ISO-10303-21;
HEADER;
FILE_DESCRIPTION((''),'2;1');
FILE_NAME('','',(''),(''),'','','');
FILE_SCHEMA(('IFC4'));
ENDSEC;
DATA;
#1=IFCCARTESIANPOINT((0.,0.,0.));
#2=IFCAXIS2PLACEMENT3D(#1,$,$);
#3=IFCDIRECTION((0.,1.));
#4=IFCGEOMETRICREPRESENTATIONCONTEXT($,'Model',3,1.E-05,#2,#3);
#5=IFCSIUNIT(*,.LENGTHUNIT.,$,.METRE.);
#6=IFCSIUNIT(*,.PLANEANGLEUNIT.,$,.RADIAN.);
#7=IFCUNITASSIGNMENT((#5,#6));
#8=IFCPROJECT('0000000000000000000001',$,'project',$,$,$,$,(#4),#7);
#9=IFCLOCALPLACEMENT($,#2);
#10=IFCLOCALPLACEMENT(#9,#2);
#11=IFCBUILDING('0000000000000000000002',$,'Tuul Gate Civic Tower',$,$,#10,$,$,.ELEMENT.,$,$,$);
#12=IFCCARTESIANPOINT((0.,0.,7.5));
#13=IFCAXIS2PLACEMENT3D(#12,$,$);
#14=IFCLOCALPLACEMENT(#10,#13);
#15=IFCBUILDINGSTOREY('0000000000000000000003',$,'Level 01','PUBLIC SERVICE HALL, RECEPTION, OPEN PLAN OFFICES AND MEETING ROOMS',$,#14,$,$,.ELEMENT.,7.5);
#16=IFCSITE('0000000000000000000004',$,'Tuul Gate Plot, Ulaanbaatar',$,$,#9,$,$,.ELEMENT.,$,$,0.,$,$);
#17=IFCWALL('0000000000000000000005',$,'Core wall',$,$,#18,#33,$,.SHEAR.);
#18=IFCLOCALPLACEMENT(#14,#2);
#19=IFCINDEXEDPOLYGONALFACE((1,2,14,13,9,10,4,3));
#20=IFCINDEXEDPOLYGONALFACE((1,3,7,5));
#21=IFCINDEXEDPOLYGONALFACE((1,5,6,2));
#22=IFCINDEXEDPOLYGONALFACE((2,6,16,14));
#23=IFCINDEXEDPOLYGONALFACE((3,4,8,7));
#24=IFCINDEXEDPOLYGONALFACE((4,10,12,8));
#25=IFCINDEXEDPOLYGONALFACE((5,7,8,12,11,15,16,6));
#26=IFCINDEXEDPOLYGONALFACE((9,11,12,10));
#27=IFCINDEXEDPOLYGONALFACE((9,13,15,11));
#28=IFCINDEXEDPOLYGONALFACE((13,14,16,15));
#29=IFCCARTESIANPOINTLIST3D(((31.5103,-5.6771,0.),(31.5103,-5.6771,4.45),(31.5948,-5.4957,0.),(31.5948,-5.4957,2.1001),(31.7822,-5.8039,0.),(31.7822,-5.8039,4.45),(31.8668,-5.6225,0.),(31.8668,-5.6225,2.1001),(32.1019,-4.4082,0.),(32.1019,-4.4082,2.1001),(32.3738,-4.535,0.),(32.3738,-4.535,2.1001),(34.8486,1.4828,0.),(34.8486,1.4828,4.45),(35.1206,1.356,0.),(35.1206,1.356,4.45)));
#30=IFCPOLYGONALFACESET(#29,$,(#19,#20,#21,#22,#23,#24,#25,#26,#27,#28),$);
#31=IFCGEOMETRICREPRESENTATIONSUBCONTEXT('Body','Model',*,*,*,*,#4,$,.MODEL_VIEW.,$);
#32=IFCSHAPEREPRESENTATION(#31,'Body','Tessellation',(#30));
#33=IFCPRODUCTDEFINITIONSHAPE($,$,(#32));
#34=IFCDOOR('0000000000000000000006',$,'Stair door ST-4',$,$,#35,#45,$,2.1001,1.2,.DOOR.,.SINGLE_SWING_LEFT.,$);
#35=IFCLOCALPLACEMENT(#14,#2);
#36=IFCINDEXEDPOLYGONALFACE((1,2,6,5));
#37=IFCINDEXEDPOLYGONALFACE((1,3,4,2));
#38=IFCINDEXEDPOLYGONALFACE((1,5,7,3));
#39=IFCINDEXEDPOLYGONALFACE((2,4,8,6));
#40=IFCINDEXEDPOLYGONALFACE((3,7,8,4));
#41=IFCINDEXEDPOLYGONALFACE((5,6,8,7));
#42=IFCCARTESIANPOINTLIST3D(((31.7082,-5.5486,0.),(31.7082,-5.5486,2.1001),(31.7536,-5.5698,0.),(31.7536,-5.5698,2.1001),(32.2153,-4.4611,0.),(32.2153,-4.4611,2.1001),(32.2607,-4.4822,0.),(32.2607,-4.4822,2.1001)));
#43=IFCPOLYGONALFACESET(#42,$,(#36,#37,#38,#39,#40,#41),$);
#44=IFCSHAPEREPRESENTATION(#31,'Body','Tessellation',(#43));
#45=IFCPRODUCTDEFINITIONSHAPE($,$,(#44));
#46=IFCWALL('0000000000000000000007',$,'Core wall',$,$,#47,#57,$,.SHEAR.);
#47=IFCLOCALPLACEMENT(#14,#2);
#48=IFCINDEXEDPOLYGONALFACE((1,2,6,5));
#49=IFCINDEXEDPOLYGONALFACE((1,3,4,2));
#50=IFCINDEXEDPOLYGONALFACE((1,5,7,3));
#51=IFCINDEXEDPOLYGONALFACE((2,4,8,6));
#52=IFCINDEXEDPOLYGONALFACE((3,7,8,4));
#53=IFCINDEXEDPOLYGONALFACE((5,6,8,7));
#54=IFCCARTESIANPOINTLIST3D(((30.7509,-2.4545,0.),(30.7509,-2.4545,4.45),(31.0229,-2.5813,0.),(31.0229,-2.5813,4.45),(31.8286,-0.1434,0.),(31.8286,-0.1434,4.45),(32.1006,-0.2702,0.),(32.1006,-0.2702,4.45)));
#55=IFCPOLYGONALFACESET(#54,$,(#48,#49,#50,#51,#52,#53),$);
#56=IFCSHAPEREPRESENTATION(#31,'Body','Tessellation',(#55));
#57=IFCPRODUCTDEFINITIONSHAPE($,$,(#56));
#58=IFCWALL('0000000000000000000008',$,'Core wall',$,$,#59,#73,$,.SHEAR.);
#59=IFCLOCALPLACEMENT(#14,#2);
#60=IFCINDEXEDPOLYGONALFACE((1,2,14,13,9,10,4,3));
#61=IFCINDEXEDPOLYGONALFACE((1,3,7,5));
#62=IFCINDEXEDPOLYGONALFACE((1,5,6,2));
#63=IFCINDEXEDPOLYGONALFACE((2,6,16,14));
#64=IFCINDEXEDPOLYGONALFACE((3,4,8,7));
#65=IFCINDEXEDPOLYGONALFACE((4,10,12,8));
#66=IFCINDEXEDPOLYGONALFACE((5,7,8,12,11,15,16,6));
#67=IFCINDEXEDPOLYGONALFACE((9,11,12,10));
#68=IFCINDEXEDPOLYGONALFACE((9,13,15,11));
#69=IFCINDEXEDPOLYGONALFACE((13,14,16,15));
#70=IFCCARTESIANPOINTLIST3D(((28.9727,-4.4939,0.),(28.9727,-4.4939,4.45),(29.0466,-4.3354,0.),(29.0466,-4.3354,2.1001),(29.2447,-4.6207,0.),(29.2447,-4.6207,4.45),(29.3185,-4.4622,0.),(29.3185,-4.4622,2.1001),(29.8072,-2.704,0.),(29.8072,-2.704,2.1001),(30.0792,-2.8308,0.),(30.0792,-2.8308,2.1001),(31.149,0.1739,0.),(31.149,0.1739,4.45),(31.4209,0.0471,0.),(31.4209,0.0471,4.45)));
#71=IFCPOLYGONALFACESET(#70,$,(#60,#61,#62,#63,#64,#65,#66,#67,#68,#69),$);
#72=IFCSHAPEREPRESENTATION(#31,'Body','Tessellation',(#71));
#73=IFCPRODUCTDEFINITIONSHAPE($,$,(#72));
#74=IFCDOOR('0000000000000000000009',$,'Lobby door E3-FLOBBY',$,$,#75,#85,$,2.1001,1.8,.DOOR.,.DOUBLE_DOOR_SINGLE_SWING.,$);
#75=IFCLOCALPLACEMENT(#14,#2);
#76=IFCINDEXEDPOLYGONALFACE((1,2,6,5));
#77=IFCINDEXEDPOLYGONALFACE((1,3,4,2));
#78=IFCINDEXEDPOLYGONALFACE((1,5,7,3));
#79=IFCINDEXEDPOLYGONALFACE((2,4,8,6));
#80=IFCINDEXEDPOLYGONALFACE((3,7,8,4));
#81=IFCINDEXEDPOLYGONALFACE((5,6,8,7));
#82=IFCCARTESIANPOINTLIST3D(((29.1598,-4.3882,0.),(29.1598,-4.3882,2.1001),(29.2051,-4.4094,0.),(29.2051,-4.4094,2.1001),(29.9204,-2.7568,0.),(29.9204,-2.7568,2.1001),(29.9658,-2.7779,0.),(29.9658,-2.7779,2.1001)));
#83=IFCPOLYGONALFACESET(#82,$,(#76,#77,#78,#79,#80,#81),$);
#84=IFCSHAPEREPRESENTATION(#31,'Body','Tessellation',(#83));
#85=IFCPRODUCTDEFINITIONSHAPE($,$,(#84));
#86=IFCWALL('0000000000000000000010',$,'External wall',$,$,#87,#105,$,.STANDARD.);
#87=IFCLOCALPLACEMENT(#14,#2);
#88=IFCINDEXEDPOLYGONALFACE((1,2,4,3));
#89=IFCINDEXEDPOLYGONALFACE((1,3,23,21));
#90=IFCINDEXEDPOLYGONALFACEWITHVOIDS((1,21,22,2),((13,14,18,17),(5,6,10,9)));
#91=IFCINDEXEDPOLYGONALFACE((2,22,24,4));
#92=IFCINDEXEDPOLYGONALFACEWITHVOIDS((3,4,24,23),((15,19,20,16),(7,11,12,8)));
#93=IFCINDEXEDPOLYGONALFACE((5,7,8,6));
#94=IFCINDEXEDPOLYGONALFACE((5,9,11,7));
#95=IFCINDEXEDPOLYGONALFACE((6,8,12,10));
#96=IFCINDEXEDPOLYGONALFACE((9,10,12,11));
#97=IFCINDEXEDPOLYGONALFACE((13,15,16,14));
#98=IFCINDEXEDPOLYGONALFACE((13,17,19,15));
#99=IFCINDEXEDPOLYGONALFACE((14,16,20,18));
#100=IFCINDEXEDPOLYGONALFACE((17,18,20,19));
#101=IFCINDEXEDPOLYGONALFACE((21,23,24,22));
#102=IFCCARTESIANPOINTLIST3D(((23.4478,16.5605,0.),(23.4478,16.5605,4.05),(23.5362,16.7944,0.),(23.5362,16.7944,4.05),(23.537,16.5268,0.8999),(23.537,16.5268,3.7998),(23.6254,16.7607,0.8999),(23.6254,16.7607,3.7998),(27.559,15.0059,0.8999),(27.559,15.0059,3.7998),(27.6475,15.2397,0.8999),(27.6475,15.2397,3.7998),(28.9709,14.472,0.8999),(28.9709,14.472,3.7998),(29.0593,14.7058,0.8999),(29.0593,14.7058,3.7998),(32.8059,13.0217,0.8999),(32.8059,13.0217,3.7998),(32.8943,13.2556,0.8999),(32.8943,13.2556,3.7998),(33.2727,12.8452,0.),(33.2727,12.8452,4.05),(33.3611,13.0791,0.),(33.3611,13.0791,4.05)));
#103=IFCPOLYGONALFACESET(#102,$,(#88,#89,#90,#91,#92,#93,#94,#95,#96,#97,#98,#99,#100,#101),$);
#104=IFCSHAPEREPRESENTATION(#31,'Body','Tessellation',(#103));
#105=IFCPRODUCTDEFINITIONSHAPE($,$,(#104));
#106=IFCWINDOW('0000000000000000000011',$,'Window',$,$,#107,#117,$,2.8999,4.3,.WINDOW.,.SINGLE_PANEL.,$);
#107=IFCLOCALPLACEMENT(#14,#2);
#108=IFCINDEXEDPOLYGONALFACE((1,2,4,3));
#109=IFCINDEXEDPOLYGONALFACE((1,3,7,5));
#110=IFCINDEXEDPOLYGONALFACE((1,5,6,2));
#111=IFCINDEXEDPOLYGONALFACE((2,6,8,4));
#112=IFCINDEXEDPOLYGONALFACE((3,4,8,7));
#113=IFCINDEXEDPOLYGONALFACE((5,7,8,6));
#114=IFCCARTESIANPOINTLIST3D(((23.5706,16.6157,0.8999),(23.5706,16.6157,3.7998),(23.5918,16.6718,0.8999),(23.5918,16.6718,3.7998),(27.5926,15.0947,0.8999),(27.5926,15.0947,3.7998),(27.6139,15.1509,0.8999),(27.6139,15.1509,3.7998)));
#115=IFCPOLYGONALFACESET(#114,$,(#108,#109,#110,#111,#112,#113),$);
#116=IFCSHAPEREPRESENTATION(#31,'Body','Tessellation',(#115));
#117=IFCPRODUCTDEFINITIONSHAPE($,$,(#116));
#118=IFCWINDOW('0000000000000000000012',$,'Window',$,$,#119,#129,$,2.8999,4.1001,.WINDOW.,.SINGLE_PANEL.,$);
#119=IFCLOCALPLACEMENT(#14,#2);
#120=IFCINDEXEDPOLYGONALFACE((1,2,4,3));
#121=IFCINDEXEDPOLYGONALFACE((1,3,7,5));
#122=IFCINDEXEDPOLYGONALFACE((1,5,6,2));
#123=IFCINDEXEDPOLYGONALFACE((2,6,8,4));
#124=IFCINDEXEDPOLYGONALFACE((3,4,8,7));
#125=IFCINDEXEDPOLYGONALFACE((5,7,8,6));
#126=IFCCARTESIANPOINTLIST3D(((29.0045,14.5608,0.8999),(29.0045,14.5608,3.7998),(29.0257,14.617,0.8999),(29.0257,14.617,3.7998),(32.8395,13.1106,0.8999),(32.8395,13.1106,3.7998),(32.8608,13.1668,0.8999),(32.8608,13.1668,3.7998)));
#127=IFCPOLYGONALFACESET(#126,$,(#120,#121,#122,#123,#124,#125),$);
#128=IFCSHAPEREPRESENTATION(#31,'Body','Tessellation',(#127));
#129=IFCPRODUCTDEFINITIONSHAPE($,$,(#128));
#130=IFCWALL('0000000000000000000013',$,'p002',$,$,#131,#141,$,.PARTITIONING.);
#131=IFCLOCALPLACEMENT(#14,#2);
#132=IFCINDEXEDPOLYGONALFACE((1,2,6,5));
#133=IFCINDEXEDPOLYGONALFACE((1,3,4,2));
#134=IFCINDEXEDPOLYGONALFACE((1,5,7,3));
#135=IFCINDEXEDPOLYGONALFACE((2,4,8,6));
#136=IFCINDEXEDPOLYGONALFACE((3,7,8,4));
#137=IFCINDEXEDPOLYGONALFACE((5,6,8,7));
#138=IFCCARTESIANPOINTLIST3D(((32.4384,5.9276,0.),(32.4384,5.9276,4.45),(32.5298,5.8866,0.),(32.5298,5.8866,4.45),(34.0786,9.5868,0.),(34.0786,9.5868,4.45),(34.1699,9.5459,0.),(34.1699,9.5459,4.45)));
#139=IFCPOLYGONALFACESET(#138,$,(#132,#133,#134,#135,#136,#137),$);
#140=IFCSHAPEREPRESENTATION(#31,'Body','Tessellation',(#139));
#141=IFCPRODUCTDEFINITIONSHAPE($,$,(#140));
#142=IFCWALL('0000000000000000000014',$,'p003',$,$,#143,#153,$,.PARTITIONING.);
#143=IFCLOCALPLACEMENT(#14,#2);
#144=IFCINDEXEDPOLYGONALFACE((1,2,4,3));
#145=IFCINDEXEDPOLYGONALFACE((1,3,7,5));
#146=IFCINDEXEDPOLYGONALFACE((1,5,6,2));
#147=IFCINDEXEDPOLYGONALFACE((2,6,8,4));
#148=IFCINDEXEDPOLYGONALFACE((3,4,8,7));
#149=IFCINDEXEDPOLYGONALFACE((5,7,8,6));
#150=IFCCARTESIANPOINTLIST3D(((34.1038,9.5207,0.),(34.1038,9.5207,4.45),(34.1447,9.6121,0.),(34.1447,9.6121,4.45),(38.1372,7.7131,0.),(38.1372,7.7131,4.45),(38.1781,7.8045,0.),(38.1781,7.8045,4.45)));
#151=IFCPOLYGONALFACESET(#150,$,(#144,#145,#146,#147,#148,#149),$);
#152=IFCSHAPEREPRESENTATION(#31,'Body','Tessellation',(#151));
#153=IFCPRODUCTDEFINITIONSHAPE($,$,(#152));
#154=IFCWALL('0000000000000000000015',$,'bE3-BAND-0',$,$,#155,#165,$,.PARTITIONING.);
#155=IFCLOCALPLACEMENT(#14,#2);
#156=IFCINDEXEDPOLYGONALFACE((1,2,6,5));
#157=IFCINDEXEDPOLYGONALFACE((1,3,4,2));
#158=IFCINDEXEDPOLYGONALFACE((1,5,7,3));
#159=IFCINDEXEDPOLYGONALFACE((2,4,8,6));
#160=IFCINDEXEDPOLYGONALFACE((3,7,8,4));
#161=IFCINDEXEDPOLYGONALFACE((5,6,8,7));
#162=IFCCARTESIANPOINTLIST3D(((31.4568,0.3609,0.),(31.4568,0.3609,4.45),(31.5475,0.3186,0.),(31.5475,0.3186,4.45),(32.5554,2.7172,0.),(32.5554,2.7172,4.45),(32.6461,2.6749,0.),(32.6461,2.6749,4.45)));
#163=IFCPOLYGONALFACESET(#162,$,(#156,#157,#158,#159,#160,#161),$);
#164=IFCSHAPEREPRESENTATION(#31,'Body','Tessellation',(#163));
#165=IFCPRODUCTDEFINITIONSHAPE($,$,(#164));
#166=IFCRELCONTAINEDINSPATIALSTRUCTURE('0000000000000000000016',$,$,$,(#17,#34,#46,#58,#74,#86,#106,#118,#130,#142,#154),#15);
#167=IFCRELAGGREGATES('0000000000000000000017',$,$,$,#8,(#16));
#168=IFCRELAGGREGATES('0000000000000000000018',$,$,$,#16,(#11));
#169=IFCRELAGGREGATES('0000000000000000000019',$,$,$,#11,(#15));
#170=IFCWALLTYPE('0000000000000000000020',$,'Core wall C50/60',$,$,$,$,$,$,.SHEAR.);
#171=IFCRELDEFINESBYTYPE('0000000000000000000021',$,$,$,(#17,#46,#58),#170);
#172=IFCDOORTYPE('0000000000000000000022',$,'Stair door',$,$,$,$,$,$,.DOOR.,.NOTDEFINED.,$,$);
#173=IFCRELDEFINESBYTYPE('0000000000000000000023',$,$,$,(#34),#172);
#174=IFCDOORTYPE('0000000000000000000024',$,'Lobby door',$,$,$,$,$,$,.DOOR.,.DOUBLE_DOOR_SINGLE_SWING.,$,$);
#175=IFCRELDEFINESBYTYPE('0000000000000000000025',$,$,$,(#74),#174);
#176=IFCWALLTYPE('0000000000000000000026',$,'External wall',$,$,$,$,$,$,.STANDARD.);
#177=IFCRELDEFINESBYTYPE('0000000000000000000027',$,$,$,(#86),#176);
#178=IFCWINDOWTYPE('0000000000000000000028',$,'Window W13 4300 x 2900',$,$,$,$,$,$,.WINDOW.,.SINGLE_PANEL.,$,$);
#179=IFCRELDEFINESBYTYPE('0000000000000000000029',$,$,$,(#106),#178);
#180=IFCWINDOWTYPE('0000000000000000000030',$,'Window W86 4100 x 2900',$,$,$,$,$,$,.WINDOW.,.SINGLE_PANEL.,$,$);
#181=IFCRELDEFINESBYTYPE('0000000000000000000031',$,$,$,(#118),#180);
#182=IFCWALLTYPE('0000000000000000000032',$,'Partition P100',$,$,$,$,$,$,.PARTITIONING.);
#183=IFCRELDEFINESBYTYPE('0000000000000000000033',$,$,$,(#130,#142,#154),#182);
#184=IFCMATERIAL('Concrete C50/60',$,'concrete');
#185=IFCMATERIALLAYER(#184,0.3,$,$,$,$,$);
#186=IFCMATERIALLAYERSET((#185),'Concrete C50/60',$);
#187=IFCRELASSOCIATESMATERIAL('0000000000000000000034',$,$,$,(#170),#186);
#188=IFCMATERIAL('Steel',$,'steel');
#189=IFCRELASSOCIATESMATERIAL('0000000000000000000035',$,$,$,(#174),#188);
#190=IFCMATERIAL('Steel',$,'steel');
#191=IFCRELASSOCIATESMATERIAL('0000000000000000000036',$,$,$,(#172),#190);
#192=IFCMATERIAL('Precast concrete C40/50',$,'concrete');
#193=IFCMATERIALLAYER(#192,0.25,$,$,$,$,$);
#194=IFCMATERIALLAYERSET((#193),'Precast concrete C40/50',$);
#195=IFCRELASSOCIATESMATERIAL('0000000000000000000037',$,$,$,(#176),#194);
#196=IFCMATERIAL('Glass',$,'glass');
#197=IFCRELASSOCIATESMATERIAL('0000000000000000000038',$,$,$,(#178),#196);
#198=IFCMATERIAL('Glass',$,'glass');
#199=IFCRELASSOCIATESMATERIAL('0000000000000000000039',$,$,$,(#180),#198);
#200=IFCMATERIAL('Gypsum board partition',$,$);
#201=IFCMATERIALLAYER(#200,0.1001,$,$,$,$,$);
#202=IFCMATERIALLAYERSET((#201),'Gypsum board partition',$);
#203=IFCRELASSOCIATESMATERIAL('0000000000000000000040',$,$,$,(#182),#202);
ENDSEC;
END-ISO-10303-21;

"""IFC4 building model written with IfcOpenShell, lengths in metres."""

from ifc_helpers import new_model, si_unit, direction, frame, frame_2d, origin, place, context, subcontext, project, spatial, rectangle, extrude, material, layer, layer_set, type_object, element, fill, save


model = new_model("IFC4")

# Units and contexts
model_context = context("Model", 3, precision=1e-05, world=origin(), true_north=direction((0.0, 1.0)))
body_context = subcontext(model_context, "Body", "Model", "MODEL_VIEW")
ifc_project = project(units=[si_unit("LENGTHUNIT", "METRE"), si_unit("PLANEANGLEUNIT", "RADIAN")], contexts=[model_context])

# Site, building, storey
site_placement = place(None, origin())
site = spatial("IfcSite", under=ifc_project, at=site_placement, Name="Tuul Gate Plot, Ulaanbaatar", CompositionType="ELEMENT", RefElevation=0.0)
building_placement = place(site_placement, origin())
building = spatial("IfcBuilding", under=site, at=building_placement, Name="Tuul Gate Civic Tower", CompositionType="ELEMENT")
storey_placement = place(building_placement, frame((0.0, 0.0, 7.5)))
storey = spatial("IfcBuildingStorey", under=building, at=storey_placement, Name="Level 01", Description="PUBLIC SERVICE HALL, RECEPTION, OPEN PLAN OFFICES AND MEETING ROOMS", CompositionType="ELEMENT", Elevation=7.5)

# Shared definitions
ifc_material_1 = material(Name="Concrete C50/60", Category="concrete")
ifc_layer_1 = layer(ifc_material_1, 0.3)
ifc_layer_set_1 = layer_set([ifc_layer_1], Name="Concrete C50/60")
wall_type_1 = type_object("IfcWallType", Name="Core wall C50/60", PredefinedType="SHEAR", material=ifc_layer_set_1)
ifc_material_2 = material(Name="Steel", Category="steel")
door_type_1 = type_object("IfcDoorType", Name="Lobby door", OperationType="DOUBLE_DOOR_SINGLE_SWING", PredefinedType="DOOR", material=ifc_material_2)

# Wall, opening, door
wall_1_placement = place(storey_placement, frame((31.6462, -5.7405, 0.0), z_axis=(0.0, 0.0, 1.0), x_axis=(0.422583, 0.906324, 0.0)))
wall_1 = element("IfcWall", 1, at=wall_1_placement, inside=storey, type_object=wall_type_1, Name="Core wall", PredefinedType="SHEAR", context=body_context, shape_type="SweptSolid", body=[
    extrude(rectangle(XDim=7.8999, YDim=0.3, at=frame_2d((3.95, 0.0))), origin(), (0.0, 0.0, 1.0), 4.45),
])
opening_1_placement = place(wall_1_placement, frame((0.2, 0.0, 0.0)))
opening_1 = element("IfcOpeningElement", 2, at=opening_1_placement, cuts=wall_1, PredefinedType="OPENING", context=body_context, shape_type="SweptSolid", body=[
    extrude(rectangle(XDim=1.2, YDim=2.1001, at=frame_2d((0.6001, 1.05))), frame((0.0, 0.1602, 0.0), z_axis=(0.0, -1.0, 0.0), x_axis=(1.0, 0.0, 0.0)), (0.0, 0.0, 1.0), 0.3201),
])
ifc_material_3 = material(Name="Steel", Category="steel")
door_type_2 = type_object("IfcDoorType", Name="Stair door", OperationType="NOTDEFINED", PredefinedType="DOOR", material=ifc_material_3)
door_1_placement = place(opening_1_placement, origin())
door_1 = element("IfcDoor", 3, at=door_1_placement, inside=storey, type_object=door_type_2, Name="Stair door ST-4", OperationType="SINGLE_SWING_LEFT", OverallHeight=2.1001, OverallWidth=1.2, PredefinedType="DOOR", context=body_context, shape_type="SweptSolid", body=[
    extrude(rectangle(XDim=1.2, YDim=2.1001, at=frame_2d((0.6001, 1.05))), frame((0.0, 0.0249, 0.0), z_axis=(0.0, -1.0, 0.0), x_axis=(1.0, 0.0, 0.0)), (0.0, 0.0, 1.0), 0.05),
])
fill(opening_1, door_1)

# Wall
wall_2_placement = place(storey_placement, frame((30.887, -2.5178, 0.0), z_axis=(0.0, 0.0, 1.0), x_axis=(0.422613, 0.90631, 0.0)))
element("IfcWall", 4, at=wall_2_placement, inside=storey, type_object=wall_type_1, Name="Core wall", PredefinedType="SHEAR", context=body_context, shape_type="SweptSolid", body=[
    extrude(rectangle(XDim=2.55, YDim=0.3, at=frame_2d((1.2749, 0.0))), origin(), (0.0, 0.0, 1.0), 4.45),
])

# Wall, opening, door
wall_3_placement = place(storey_placement, frame((29.1086, -4.5574, 0.0), z_axis=(0.0, 0.0, 1.0), x_axis=(0.422566, 0.906332, 0.0)))
wall_3 = element("IfcWall", 5, at=wall_3_placement, inside=storey, type_object=wall_type_1, Name="Core wall", PredefinedType="SHEAR", context=body_context, shape_type="SweptSolid", body=[
    extrude(rectangle(XDim=5.1501, YDim=0.3, at=frame_2d((2.5752, 0.0))), origin(), (0.0, 0.0, 1.0), 4.45),
])
opening_2_placement = place(wall_3_placement, frame((0.175, 0.0, 0.0)))
opening_2 = element("IfcOpeningElement", 6, at=opening_2_placement, cuts=wall_3, PredefinedType="OPENING", context=body_context, shape_type="SweptSolid", body=[
    extrude(rectangle(XDim=1.8, YDim=2.1001, at=frame_2d((0.8999, 1.05))), frame((0.0, 0.1602, 0.0), z_axis=(0.0, -1.0, 0.0), x_axis=(1.0, 0.0, 0.0)), (0.0, 0.0, 1.0), 0.3201),
])
door_2_placement = place(opening_2_placement, frame((1.8, 0.0, 0.0), z_axis=(0.0, 0.0, 1.0), x_axis=(-1.0, 0.0, 0.0)))
door_2 = element("IfcDoor", 7, at=door_2_placement, inside=storey, type_object=door_type_1, Name="Lobby door E3-FLOBBY", OperationType="DOUBLE_DOOR_SINGLE_SWING", OverallHeight=2.1001, OverallWidth=1.8, PredefinedType="DOOR", context=body_context, shape_type="SweptSolid", body=[
    extrude(rectangle(XDim=1.8, YDim=2.1001, at=frame_2d((0.9001, 1.05))), frame((0.0, 0.0249, 0.0), z_axis=(0.0, -1.0, 0.0), x_axis=(1.0, 0.0, 0.0)), (0.0, 0.0, 1.0), 0.05),
])
fill(opening_2, door_2)

# Wall, openings, windows
ifc_material_4 = material(Name="Precast concrete C40/50", Category="concrete")
ifc_layer_2 = layer(ifc_material_4, 0.25)
ifc_layer_set_2 = layer_set([ifc_layer_2], Name="Precast concrete C40/50")
wall_type_2 = type_object("IfcWallType", Name="External wall", PredefinedType="STANDARD", material=ifc_layer_set_2)
wall_4_placement = place(storey_placement, frame((33.3169, 12.9622, 0.0), z_axis=(0.0, 0.0, 1.0), x_axis=(-0.935356, 0.353707, 0.0)))
wall_4 = element("IfcWall", 8, at=wall_4_placement, inside=storey, type_object=wall_type_2, Name="External wall", PredefinedType="STANDARD", context=body_context, shape_type="SweptSolid", body=[
    extrude(rectangle(XDim=10.5039, YDim=0.25, at=frame_2d((5.252, 0.0))), origin(), (0.0, 0.0, 1.0), 4.05),
])
opening_3_placement = place(wall_4_placement, frame((0.499, 0.0, 0.8999)))
opening_3 = element("IfcOpeningElement", 9, at=opening_3_placement, cuts=wall_4, PredefinedType="OPENING", context=body_context, shape_type="SweptSolid", body=[
    extrude(rectangle(XDim=4.1001, YDim=2.8999, at=frame_2d((2.05, 1.45))), frame((0.0, 0.135, 0.0), z_axis=(0.0, -1.0, 0.0), x_axis=(1.0, 0.0, 0.0)), (0.0, 0.0, 1.0), 0.27),
])
opening_4_placement = place(wall_4_placement, frame((6.1086, 0.0, 0.8999)))
opening_4 = element("IfcOpeningElement", 10, at=opening_4_placement, cuts=wall_4, PredefinedType="OPENING", context=body_context, shape_type="SweptSolid", body=[
    extrude(rectangle(XDim=4.3, YDim=2.8999, at=frame_2d((2.1499, 1.45))), frame((0.0, 0.135, 0.0), z_axis=(0.0, -1.0, 0.0), x_axis=(1.0, 0.0, 0.0)), (0.0, 0.0, 1.0), 0.27),
])
ifc_material_5 = material(Name="Glass", Category="glass")
window_type_1 = type_object("IfcWindowType", Name="Window W13 4300 x 2900", PartitioningType="SINGLE_PANEL", PredefinedType="WINDOW", material=ifc_material_5)
window_1_placement = place(opening_4_placement, origin())
window_1 = element("IfcWindow", 11, at=window_1_placement, inside=storey, type_object=window_type_1, Name="Window", OverallHeight=2.8999, OverallWidth=4.3, PartitioningType="SINGLE_PANEL", PredefinedType="WINDOW", context=body_context, shape_type="SweptSolid", body=[
    extrude(rectangle(XDim=4.3, YDim=2.8999, at=frame_2d((2.1499, 1.45))), frame((0.0, 0.03, 0.0), z_axis=(0.0, -1.0, 0.0), x_axis=(1.0, 0.0, 0.0)), (0.0, 0.0, 1.0), 0.0601),
])
fill(opening_4, window_1)
ifc_material_6 = material(Name="Glass", Category="glass")
window_type_2 = type_object("IfcWindowType", Name="Window W86 4100 x 2900", PartitioningType="SINGLE_PANEL", PredefinedType="WINDOW", material=ifc_material_6)
window_2_placement = place(opening_3_placement, origin())
window_2 = element("IfcWindow", 12, at=window_2_placement, inside=storey, type_object=window_type_2, Name="Window", OverallHeight=2.8999, OverallWidth=4.1001, PartitioningType="SINGLE_PANEL", PredefinedType="WINDOW", context=body_context, shape_type="SweptSolid", body=[
    extrude(rectangle(XDim=4.1001, YDim=2.8999, at=frame_2d((2.05, 1.45))), frame((0.0, 0.03, 0.0), z_axis=(0.0, -1.0, 0.0), x_axis=(1.0, 0.0, 0.0)), (0.0, 0.0, 1.0), 0.0601),
])
fill(opening_3, window_2)

# Walls
ifc_material_7 = material(Name="Gypsum board partition")
ifc_layer_3 = layer(ifc_material_7, 0.1001)
ifc_layer_set_3 = layer_set([ifc_layer_3], Name="Gypsum board partition")
wall_type_3 = type_object("IfcWallType", Name="Partition P100", PredefinedType="PARTITIONING", material=ifc_layer_set_3)
wall_5_placement = place(storey_placement, frame((32.4841, 5.9072, 0.0), z_axis=(0.0, 0.0, 1.0), x_axis=(0.409017, 0.912527, 0.0)))
element("IfcWall", 13, at=wall_5_placement, inside=storey, type_object=wall_type_3, Name="p002", PredefinedType="PARTITIONING", context=body_context, shape_type="SweptSolid", body=[
    extrude(rectangle(XDim=4.01, YDim=0.1001, at=frame_2d((2.0049, 0.0))), origin(), (0.0, 0.0, 1.0), 4.45),
])
wall_6_placement = place(storey_placement, frame((34.1243, 9.5664, 0.0), z_axis=(0.0, 0.0, 1.0), x_axis=(0.91255, -0.408966, 0.0)))
element("IfcWall", 14, at=wall_6_placement, inside=storey, type_object=wall_type_3, Name="p003", PredefinedType="PARTITIONING", context=body_context, shape_type="SweptSolid", body=[
    extrude(rectangle(XDim=4.4199, YDim=0.1001, at=frame_2d((2.21, 0.0))), origin(), (0.0, 0.0, 1.0), 4.45),
])
wall_7_placement = place(storey_placement, frame((31.5022, 0.3398, 0.0), z_axis=(0.0, 0.0, 1.0), x_axis=(0.422556, 0.906337, 0.0)))
element("IfcWall", 15, at=wall_7_placement, inside=storey, type_object=wall_type_3, Name="bE3-BAND-0", PredefinedType="PARTITIONING", context=body_context, shape_type="SweptSolid", body=[
    extrude(rectangle(XDim=2.5999, YDim=0.1001, at=frame_2d((1.2998, 0.0))), origin(), (0.0, 0.0, 1.0), 4.45),
])

save(model, "model.ifc")
